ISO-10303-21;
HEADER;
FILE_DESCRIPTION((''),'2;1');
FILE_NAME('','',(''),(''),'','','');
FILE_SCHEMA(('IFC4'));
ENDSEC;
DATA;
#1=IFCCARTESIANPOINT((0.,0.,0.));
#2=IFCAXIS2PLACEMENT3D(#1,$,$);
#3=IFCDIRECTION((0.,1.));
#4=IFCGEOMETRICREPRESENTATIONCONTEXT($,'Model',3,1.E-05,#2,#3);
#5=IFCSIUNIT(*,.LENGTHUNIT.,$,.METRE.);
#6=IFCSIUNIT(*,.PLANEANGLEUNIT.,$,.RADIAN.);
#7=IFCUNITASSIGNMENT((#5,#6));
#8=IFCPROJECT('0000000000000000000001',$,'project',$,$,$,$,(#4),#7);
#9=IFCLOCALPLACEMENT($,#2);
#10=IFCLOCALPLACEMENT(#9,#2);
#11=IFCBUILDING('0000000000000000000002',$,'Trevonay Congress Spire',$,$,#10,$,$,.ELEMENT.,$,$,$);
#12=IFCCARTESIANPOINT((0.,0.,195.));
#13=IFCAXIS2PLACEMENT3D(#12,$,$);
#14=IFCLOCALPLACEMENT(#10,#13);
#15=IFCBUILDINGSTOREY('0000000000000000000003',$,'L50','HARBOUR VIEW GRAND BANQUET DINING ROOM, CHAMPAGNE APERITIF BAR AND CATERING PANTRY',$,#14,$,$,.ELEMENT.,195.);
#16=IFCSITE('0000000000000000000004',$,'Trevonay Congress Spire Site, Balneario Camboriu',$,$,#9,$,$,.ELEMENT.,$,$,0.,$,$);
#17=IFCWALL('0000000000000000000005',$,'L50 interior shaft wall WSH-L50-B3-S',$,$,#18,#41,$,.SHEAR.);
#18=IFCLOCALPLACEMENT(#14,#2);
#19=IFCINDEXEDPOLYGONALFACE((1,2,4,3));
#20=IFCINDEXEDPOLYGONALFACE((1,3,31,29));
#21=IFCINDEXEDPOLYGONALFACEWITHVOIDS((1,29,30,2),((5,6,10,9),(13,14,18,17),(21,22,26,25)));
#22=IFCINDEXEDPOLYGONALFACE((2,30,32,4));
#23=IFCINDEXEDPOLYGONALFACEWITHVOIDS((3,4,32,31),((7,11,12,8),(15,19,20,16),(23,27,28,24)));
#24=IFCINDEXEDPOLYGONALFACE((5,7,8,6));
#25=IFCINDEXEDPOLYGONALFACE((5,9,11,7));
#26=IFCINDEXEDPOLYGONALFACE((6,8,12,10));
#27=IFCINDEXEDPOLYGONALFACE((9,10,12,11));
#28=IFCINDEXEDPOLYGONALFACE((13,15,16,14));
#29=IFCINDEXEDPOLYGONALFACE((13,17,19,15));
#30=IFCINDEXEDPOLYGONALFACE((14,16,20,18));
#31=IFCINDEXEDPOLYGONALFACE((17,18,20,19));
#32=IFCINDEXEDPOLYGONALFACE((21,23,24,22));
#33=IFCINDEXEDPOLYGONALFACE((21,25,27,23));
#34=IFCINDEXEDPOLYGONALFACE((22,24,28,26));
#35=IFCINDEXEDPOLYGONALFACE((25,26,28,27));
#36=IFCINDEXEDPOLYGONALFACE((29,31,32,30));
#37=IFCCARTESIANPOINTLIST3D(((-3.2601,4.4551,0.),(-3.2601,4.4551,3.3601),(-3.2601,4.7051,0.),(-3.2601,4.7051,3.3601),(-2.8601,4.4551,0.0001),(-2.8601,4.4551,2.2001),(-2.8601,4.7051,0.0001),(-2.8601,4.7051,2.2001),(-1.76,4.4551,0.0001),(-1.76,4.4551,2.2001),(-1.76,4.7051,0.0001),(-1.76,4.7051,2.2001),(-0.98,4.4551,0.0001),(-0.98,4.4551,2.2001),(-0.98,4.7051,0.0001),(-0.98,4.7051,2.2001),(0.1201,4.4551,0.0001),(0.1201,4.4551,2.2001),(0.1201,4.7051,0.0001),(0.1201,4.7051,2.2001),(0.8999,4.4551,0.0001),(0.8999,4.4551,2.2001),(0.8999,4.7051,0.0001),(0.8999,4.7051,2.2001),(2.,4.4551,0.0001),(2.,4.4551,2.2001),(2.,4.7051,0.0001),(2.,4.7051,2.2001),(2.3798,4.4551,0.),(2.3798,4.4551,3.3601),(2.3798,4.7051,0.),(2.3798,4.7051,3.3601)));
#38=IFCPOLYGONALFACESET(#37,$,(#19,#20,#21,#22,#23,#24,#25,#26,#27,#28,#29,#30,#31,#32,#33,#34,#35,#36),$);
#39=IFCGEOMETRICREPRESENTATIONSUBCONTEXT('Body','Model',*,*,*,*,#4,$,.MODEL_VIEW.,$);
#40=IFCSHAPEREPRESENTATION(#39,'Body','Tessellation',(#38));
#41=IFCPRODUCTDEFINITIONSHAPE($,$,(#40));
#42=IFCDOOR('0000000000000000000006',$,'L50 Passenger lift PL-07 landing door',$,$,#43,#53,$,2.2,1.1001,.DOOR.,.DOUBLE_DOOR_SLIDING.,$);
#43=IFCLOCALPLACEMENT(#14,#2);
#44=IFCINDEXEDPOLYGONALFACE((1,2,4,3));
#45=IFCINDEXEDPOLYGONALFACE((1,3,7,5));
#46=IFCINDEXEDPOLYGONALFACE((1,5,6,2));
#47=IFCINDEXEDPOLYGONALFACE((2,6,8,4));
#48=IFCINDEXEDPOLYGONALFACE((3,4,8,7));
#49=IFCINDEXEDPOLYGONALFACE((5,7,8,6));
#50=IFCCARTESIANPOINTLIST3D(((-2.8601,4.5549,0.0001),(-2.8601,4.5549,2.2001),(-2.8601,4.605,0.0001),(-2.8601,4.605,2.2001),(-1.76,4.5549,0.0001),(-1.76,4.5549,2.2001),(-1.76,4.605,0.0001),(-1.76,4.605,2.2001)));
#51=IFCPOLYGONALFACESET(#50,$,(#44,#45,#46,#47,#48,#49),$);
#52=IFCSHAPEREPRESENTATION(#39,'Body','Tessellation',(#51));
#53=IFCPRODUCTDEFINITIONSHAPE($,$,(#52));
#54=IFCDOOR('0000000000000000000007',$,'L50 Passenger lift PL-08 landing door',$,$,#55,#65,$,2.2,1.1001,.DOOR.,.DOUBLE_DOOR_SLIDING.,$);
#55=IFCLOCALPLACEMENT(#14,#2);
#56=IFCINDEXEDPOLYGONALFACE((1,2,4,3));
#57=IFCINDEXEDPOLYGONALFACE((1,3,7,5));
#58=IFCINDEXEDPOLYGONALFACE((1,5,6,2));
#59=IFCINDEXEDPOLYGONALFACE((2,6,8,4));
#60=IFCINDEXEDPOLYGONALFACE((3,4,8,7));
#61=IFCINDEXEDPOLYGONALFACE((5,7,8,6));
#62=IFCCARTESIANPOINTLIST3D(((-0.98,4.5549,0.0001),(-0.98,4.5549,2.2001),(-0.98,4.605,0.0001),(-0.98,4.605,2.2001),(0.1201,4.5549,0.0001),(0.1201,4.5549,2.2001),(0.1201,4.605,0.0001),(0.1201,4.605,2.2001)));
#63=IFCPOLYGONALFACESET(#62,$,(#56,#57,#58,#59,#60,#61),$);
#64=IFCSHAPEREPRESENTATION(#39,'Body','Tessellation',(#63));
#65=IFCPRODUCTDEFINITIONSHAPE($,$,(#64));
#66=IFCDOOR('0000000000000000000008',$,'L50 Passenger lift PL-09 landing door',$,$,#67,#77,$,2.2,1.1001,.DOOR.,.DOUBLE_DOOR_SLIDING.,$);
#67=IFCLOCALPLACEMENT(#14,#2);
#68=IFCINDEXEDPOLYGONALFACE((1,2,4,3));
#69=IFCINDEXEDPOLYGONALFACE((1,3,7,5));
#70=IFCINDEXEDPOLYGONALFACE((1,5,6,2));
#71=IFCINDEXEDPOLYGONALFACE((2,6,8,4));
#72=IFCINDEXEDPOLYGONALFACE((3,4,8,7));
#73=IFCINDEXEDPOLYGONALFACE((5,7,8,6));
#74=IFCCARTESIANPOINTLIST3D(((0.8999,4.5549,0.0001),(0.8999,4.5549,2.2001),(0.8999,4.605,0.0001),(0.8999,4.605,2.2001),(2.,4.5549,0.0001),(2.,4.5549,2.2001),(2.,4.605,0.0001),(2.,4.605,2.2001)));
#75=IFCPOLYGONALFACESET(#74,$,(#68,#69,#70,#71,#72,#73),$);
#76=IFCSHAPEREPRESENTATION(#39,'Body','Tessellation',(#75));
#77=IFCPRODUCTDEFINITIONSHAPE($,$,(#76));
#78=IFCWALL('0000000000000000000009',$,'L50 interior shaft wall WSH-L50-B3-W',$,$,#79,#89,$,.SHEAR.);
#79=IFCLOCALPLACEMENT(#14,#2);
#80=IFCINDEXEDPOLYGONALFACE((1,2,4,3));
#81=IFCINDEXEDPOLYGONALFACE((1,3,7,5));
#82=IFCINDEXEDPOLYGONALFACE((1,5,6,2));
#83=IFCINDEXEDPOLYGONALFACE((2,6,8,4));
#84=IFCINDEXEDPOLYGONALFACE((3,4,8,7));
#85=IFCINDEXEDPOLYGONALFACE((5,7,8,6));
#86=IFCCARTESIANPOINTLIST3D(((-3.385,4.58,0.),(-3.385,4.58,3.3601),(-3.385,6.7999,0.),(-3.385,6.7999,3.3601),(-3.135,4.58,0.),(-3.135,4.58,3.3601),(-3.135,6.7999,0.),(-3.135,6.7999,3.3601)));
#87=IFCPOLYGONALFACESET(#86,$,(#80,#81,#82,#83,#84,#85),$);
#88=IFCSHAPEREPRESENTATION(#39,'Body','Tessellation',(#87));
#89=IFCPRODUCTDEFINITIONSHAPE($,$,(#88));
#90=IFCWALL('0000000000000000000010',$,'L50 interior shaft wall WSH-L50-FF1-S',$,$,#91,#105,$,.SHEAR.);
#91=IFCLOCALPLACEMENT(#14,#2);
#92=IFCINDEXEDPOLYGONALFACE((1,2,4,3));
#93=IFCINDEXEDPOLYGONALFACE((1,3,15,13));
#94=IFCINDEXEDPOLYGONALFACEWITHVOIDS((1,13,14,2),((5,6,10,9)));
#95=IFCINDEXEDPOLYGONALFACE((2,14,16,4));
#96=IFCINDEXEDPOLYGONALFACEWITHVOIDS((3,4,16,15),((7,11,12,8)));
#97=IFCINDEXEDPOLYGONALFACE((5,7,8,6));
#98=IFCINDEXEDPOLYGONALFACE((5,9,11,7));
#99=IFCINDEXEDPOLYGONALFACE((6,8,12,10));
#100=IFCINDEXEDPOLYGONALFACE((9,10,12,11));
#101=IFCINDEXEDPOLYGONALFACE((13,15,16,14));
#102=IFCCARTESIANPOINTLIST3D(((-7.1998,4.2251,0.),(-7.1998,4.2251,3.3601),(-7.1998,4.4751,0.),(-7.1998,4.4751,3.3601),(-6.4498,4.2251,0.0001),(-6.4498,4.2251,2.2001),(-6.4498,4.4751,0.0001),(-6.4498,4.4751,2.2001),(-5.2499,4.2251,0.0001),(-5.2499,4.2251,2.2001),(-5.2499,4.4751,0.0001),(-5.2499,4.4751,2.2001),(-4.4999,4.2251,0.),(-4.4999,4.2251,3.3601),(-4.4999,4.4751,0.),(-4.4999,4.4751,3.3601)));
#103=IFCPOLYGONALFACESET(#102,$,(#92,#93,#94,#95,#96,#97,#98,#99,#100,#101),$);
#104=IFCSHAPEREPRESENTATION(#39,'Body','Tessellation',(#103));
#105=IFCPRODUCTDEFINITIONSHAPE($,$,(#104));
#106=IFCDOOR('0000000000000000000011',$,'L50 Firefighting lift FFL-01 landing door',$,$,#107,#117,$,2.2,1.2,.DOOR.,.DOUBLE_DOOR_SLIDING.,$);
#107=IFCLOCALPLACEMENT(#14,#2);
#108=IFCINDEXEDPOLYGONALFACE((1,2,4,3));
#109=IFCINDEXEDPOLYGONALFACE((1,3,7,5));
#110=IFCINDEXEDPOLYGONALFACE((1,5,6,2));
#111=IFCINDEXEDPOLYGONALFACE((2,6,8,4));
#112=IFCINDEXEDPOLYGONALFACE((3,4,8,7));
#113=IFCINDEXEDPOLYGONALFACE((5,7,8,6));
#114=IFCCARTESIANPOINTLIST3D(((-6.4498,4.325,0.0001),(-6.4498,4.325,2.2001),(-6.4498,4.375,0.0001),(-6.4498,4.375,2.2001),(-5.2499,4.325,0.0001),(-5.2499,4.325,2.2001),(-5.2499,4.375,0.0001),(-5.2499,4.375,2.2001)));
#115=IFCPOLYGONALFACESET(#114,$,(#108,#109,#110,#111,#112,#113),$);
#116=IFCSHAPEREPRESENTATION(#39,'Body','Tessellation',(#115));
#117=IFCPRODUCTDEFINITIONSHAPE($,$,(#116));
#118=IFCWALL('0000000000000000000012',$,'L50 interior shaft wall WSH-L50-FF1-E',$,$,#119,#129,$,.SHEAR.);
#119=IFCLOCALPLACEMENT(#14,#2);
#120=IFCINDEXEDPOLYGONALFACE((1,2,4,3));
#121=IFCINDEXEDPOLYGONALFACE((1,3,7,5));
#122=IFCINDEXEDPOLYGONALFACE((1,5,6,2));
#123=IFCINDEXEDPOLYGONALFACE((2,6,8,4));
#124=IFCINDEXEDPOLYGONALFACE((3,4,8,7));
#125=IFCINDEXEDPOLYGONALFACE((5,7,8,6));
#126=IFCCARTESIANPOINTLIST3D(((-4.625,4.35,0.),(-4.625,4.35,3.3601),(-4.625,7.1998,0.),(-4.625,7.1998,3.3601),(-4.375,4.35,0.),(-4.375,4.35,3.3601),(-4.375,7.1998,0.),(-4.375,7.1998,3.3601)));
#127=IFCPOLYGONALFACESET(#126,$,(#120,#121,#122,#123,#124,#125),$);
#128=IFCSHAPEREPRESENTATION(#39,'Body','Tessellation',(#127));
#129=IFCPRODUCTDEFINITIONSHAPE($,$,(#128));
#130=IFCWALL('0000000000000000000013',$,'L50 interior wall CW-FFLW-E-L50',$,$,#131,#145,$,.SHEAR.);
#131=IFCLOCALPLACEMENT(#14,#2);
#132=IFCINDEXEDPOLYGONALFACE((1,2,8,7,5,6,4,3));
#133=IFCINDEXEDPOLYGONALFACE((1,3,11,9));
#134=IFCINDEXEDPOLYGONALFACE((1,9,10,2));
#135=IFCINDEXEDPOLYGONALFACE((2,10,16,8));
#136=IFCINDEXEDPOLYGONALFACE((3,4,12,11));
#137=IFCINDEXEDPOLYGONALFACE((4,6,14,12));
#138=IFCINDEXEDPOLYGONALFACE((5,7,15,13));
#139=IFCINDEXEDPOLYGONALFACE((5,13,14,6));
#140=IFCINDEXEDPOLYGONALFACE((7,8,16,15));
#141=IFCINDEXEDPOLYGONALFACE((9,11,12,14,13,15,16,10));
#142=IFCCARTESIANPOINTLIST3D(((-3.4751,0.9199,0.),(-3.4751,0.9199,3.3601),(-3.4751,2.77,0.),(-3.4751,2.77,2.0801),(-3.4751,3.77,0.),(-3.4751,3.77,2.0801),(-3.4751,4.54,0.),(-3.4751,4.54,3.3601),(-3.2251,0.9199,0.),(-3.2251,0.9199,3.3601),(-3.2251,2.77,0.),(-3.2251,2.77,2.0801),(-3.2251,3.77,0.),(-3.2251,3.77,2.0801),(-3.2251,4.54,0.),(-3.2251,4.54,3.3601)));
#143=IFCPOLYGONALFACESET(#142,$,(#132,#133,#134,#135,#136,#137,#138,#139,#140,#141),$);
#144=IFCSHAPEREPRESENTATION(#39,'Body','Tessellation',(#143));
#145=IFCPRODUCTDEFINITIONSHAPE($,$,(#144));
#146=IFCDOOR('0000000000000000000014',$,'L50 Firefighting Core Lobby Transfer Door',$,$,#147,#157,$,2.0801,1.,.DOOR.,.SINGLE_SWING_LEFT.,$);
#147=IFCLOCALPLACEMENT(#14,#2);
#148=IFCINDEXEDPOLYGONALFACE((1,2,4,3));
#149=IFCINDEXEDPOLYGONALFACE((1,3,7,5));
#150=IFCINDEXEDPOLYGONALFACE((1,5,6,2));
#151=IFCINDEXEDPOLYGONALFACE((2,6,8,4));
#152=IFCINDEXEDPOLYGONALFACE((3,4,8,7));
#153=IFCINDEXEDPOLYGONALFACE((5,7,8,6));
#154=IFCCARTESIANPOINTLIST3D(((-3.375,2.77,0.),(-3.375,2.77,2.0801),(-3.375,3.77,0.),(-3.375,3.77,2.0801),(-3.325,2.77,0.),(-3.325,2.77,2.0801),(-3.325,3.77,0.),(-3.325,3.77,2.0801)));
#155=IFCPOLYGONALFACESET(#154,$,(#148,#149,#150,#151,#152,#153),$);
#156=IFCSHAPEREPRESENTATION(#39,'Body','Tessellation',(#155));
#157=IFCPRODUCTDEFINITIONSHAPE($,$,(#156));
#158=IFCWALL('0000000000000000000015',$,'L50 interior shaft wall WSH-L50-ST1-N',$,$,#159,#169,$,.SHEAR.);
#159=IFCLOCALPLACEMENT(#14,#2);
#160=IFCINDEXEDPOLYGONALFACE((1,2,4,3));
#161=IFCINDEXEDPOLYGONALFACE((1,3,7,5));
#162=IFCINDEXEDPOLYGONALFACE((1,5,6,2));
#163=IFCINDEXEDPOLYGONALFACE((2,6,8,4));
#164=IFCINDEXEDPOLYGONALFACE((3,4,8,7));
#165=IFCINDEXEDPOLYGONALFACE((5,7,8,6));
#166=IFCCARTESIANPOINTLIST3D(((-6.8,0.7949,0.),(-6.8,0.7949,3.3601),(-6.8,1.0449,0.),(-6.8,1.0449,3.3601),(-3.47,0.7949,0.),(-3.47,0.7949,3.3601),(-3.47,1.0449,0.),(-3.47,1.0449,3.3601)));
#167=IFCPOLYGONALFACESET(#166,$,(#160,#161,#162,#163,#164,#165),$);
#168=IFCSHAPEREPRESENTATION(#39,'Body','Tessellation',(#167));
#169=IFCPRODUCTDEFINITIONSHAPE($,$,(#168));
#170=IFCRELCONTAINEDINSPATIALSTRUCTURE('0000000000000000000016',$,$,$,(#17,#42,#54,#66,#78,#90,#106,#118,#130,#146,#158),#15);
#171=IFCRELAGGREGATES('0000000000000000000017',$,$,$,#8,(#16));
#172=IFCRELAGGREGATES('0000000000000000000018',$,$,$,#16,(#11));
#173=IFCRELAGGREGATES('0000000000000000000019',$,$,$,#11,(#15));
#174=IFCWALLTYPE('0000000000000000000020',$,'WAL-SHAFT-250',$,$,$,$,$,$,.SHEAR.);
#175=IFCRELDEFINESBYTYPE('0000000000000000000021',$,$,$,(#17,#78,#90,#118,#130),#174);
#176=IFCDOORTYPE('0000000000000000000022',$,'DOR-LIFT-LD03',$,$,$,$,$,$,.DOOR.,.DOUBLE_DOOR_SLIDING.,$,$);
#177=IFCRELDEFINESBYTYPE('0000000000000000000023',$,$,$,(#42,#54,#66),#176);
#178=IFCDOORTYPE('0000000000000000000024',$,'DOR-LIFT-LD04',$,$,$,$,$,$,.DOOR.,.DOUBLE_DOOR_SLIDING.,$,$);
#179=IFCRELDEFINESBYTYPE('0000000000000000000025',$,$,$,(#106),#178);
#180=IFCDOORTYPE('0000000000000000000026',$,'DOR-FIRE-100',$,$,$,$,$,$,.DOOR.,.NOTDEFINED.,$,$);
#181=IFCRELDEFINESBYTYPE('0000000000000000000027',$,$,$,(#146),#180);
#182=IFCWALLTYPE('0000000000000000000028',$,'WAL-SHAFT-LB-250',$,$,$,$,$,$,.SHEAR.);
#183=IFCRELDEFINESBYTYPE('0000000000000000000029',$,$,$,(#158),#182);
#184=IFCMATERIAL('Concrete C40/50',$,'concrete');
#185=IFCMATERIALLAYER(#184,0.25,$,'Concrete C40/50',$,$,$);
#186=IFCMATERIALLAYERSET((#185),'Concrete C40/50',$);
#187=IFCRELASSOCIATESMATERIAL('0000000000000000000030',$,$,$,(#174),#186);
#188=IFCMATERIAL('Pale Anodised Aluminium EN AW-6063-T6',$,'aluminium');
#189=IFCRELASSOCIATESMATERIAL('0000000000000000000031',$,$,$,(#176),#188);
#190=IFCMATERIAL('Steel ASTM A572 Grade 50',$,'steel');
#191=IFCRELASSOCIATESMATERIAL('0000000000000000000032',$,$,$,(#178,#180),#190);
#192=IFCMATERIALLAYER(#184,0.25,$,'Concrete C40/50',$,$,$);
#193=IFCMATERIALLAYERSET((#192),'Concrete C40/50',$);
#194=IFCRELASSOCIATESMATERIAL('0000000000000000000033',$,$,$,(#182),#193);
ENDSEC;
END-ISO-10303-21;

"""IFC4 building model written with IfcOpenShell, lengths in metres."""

from ifc_helpers import new_model, si_unit, direction, frame, frame_2d, origin, place, context, subcontext, project, spatial, rectangle, extrude, material, layer, layer_set, type_object, element, fill, save


model = new_model("IFC4")

# Units and contexts
model_context = context("Model", 3, precision=1e-05, world=origin(), true_north=direction((0.0, 1.0)))
body_context = subcontext(model_context, "Body", "Model", "MODEL_VIEW")
ifc_project = project(units=[si_unit("LENGTHUNIT", "METRE"), si_unit("PLANEANGLEUNIT", "RADIAN")], contexts=[model_context])

# Site, building, storey
site_placement = place(None, origin())
site = spatial("IfcSite", under=ifc_project, at=site_placement, Name="Trevonay Congress Spire Site, Balneario Camboriu", CompositionType="ELEMENT", RefElevation=0.0)
building_placement = place(site_placement, origin())
building = spatial("IfcBuilding", under=site, at=building_placement, Name="Trevonay Congress Spire", CompositionType="ELEMENT")
storey_placement = place(building_placement, frame((0.0, 0.0, 195.0)))
storey = spatial("IfcBuildingStorey", under=building, at=storey_placement, Name="L50", Description="HARBOUR VIEW GRAND BANQUET DINING ROOM, CHAMPAGNE APERITIF BAR AND CATERING PANTRY", CompositionType="ELEMENT", Elevation=195.0)

# Shared definitions
ifc_material_1 = material(Name="Steel ASTM A572 Grade 50", Category="steel")

# Shared definitions
ifc_material_2 = material(Name="Concrete C40/50", Category="concrete")

# Wall, openings, doors
ifc_layer_1 = layer(ifc_material_2, 0.25, Name="Concrete C40/50")
ifc_layer_set_1 = layer_set([ifc_layer_1], Name="Concrete C40/50")
wall_type_1 = type_object("IfcWallType", Name="WAL-SHAFT-250", PredefinedType="SHEAR", material=ifc_layer_set_1)
wall_1_placement = place(storey_placement, frame((-3.26, 4.5801, 0.0), z_axis=(0.0, 0.0, 1.0), x_axis=(1.0, 0.0, 0.0)))
wall_1 = element("IfcWall", 1, at=wall_1_placement, inside=storey, type_object=wall_type_1, Name="L50 interior shaft wall WSH-L50-B3-S", PredefinedType="SHEAR", context=body_context, shape_type="SweptSolid", body=[
    extrude(rectangle(XDim=5.6399, YDim=0.25, at=frame_2d((2.8198, 0.0))), origin(), (0.0, 0.0, 1.0), 3.3601),
])
opening_1_placement = place(wall_1_placement, frame((0.3999, 0.0, 0.0)))
opening_1 = element("IfcOpeningElement", 2, at=opening_1_placement, cuts=wall_1, PredefinedType="OPENING", context=body_context, shape_type="SweptSolid", body=[
    extrude(rectangle(XDim=1.1001, YDim=2.2, at=frame_2d((0.55, 1.1001))), frame((0.0, 0.135, 0.0), z_axis=(0.0, -1.0, 0.0), x_axis=(1.0, 0.0, 0.0)), (0.0, 0.0, 1.0), 0.27),
])
opening_2_placement = place(wall_1_placement, frame((2.28, 0.0, 0.0)))
opening_2 = element("IfcOpeningElement", 3, at=opening_2_placement, cuts=wall_1, PredefinedType="OPENING", context=body_context, shape_type="SweptSolid", body=[
    extrude(rectangle(XDim=1.1001, YDim=2.2, at=frame_2d((0.55, 1.1001))), frame((0.0, 0.135, 0.0), z_axis=(0.0, -1.0, 0.0), x_axis=(1.0, 0.0, 0.0)), (0.0, 0.0, 1.0), 0.27),
])
opening_3_placement = place(wall_1_placement, frame((4.1599, 0.0, 0.0)))
opening_3 = element("IfcOpeningElement", 4, at=opening_3_placement, cuts=wall_1, PredefinedType="OPENING", context=body_context, shape_type="SweptSolid", body=[
    extrude(rectangle(XDim=1.1001, YDim=2.2, at=frame_2d((0.55, 1.1001))), frame((0.0, 0.135, 0.0), z_axis=(0.0, -1.0, 0.0), x_axis=(1.0, 0.0, 0.0)), (0.0, 0.0, 1.0), 0.27),
])
ifc_material_3 = material(Name="Pale Anodised Aluminium EN AW-6063-T6", Category="aluminium")
door_type_1 = type_object("IfcDoorType", Name="DOR-LIFT-LD03", OperationType="DOUBLE_DOOR_SLIDING", PredefinedType="DOOR", material=ifc_material_3)
door_1_placement = place(opening_1_placement, origin())
door_1 = element("IfcDoor", 5, at=door_1_placement, inside=storey, type_object=door_type_1, Name="L50 Passenger lift PL-07 landing door", OperationType="DOUBLE_DOOR_SLIDING", OverallHeight=2.2, OverallWidth=1.1001, PredefinedType="DOOR", context=body_context, shape_type="SweptSolid", body=[
    extrude(rectangle(XDim=1.1001, YDim=2.2, at=frame_2d((0.55, 1.1001))), frame((0.0, 0.0249, 0.0), z_axis=(0.0, -1.0, 0.0), x_axis=(1.0, 0.0, 0.0)), (0.0, 0.0, 1.0), 0.05),
])
fill(opening_1, door_1)
door_2_placement = place(opening_2_placement, origin())
door_2 = element("IfcDoor", 6, at=door_2_placement, inside=storey, type_object=door_type_1, Name="L50 Passenger lift PL-08 landing door", OperationType="DOUBLE_DOOR_SLIDING", OverallHeight=2.2, OverallWidth=1.1001, PredefinedType="DOOR", context=body_context, shape_type="SweptSolid", body=[
    extrude(rectangle(XDim=1.1001, YDim=2.2, at=frame_2d((0.55, 1.1001))), frame((0.0, 0.0249, 0.0), z_axis=(0.0, -1.0, 0.0), x_axis=(1.0, 0.0, 0.0)), (0.0, 0.0, 1.0), 0.05),
])
fill(opening_2, door_2)
door_3_placement = place(opening_3_placement, origin())
door_3 = element("IfcDoor", 7, at=door_3_placement, inside=storey, type_object=door_type_1, Name="L50 Passenger lift PL-09 landing door", OperationType="DOUBLE_DOOR_SLIDING", OverallHeight=2.2, OverallWidth=1.1001, PredefinedType="DOOR", context=body_context, shape_type="SweptSolid", body=[
    extrude(rectangle(XDim=1.1001, YDim=2.2, at=frame_2d((0.55, 1.1001))), frame((0.0, 0.0249, 0.0), z_axis=(0.0, -1.0, 0.0), x_axis=(1.0, 0.0, 0.0)), (0.0, 0.0, 1.0), 0.05),
])
fill(opening_3, door_3)

# Wall
wall_2_placement = place(storey_placement, frame((-3.26, 4.5801, 0.0), z_axis=(0.0, 0.0, 1.0), x_axis=(0.0, 1.0, 0.0)))
element("IfcWall", 8, at=wall_2_placement, inside=storey, type_object=wall_type_1, Name="L50 interior shaft wall WSH-L50-B3-W", PredefinedType="SHEAR", context=body_context, shape_type="SweptSolid", body=[
    extrude(rectangle(XDim=2.22, YDim=0.25, at=frame_2d((1.1099, 0.0))), origin(), (0.0, 0.0, 1.0), 3.3601),
])

# Wall, opening, door
wall_3_placement = place(storey_placement, frame((-7.2, 4.3501, 0.0), z_axis=(0.0, 0.0, 1.0), x_axis=(1.0, 0.0, 0.0)))
wall_3 = element("IfcWall", 9, at=wall_3_placement, inside=storey, type_object=wall_type_1, Name="L50 interior shaft wall WSH-L50-FF1-S", PredefinedType="SHEAR", context=body_context, shape_type="SweptSolid", body=[
    extrude(rectangle(XDim=2.7, YDim=0.25, at=frame_2d((1.3501, 0.0))), origin(), (0.0, 0.0, 1.0), 3.3601),
])
opening_4_placement = place(wall_3_placement, frame((0.75, 0.0, 0.0)))
opening_4 = element("IfcOpeningElement", 10, at=opening_4_placement, cuts=wall_3, PredefinedType="OPENING", context=body_context, shape_type="SweptSolid", body=[
    extrude(rectangle(XDim=1.2, YDim=2.2, at=frame_2d((0.6001, 1.1001))), frame((0.0, 0.135, 0.0), z_axis=(0.0, -1.0, 0.0), x_axis=(1.0, 0.0, 0.0)), (0.0, 0.0, 1.0), 0.27),
])
door_type_2 = type_object("IfcDoorType", Name="DOR-LIFT-LD04", OperationType="DOUBLE_DOOR_SLIDING", PredefinedType="DOOR", material=ifc_material_1)
door_4_placement = place(opening_4_placement, origin())
door_4 = element("IfcDoor", 11, at=door_4_placement, inside=storey, type_object=door_type_2, Name="L50 Firefighting lift FFL-01 landing door", OperationType="DOUBLE_DOOR_SLIDING", OverallHeight=2.2, OverallWidth=1.2, PredefinedType="DOOR", context=body_context, shape_type="SweptSolid", body=[
    extrude(rectangle(XDim=1.2, YDim=2.2, at=frame_2d((0.6001, 1.1001))), frame((0.0, 0.0249, 0.0), z_axis=(0.0, -1.0, 0.0), x_axis=(1.0, 0.0, 0.0)), (0.0, 0.0, 1.0), 0.05),
])
fill(opening_4, door_4)

# Wall
wall_4_placement = place(storey_placement, frame((-4.5, 4.3501, 0.0), z_axis=(0.0, 0.0, 1.0), x_axis=(0.0, 1.0, 0.0)))
element("IfcWall", 12, at=wall_4_placement, inside=storey, type_object=wall_type_1, Name="L50 interior shaft wall WSH-L50-FF1-E", PredefinedType="SHEAR", context=body_context, shape_type="SweptSolid", body=[
    extrude(rectangle(XDim=2.8499, YDim=0.25, at=frame_2d((1.4248, 0.0))), origin(), (0.0, 0.0, 1.0), 3.3601),
])

# Wall, opening, door
wall_5_placement = place(storey_placement, frame((-3.3501, 0.9199, 0.0), z_axis=(0.0, 0.0, 1.0), x_axis=(0.0, 1.0, 0.0)))
wall_5 = element("IfcWall", 13, at=wall_5_placement, inside=storey, type_object=wall_type_1, Name="L50 interior wall CW-FFLW-E-L50", PredefinedType="SHEAR", context=body_context, shape_type="SweptSolid", body=[
    extrude(rectangle(XDim=3.6201, YDim=0.25, at=frame_2d((1.8101, 0.0))), origin(), (0.0, 0.0, 1.0), 3.3601),
])
opening_5_placement = place(wall_5_placement, frame((1.8501, 0.0, 0.0)))
opening_5 = element("IfcOpeningElement", 14, at=opening_5_placement, cuts=wall_5, PredefinedType="OPENING", context=body_context, shape_type="SweptSolid", body=[
    extrude(rectangle(XDim=1.0, YDim=2.0801, at=frame_2d((0.5, 1.04))), frame((0.0, 0.135, 0.0), z_axis=(0.0, -1.0, 0.0), x_axis=(1.0, 0.0, 0.0)), (0.0, 0.0, 1.0), 0.27),
])
door_type_3 = type_object("IfcDoorType", Name="DOR-FIRE-100", OperationType="NOTDEFINED", PredefinedType="DOOR", material=ifc_material_1)
door_5_placement = place(opening_5_placement, origin())
door_5 = element("IfcDoor", 15, at=door_5_placement, inside=storey, type_object=door_type_3, Name="L50 Firefighting Core Lobby Transfer Door", OperationType="SINGLE_SWING_LEFT", OverallHeight=2.0801, OverallWidth=1.0, PredefinedType="DOOR", context=body_context, shape_type="SweptSolid", body=[
    extrude(rectangle(XDim=1.0, YDim=2.0801, at=frame_2d((0.5, 1.04))), frame((0.0, 0.0249, 0.0), z_axis=(0.0, -1.0, 0.0), x_axis=(1.0, 0.0, 0.0)), (0.0, 0.0, 1.0), 0.05),
])
fill(opening_5, door_5)

# Wall
ifc_layer_2 = layer(ifc_material_2, 0.25, Name="Concrete C40/50")
ifc_layer_set_2 = layer_set([ifc_layer_2], Name="Concrete C40/50")
wall_type_2 = type_object("IfcWallType", Name="WAL-SHAFT-LB-250", PredefinedType="SHEAR", material=ifc_layer_set_2)
wall_6_placement = place(storey_placement, frame((-6.8, 0.9199, 0.0), z_axis=(0.0, 0.0, 1.0), x_axis=(1.0, 0.0, 0.0)))
element("IfcWall", 16, at=wall_6_placement, inside=storey, type_object=wall_type_2, Name="L50 interior shaft wall WSH-L50-ST1-N", PredefinedType="SHEAR", context=body_context, shape_type="SweptSolid", body=[
    extrude(rectangle(XDim=3.3301, YDim=0.25, at=frame_2d((1.665, 0.0))), origin(), (0.0, 0.0, 1.0), 3.3601),
])

save(model, "model.ifc")
